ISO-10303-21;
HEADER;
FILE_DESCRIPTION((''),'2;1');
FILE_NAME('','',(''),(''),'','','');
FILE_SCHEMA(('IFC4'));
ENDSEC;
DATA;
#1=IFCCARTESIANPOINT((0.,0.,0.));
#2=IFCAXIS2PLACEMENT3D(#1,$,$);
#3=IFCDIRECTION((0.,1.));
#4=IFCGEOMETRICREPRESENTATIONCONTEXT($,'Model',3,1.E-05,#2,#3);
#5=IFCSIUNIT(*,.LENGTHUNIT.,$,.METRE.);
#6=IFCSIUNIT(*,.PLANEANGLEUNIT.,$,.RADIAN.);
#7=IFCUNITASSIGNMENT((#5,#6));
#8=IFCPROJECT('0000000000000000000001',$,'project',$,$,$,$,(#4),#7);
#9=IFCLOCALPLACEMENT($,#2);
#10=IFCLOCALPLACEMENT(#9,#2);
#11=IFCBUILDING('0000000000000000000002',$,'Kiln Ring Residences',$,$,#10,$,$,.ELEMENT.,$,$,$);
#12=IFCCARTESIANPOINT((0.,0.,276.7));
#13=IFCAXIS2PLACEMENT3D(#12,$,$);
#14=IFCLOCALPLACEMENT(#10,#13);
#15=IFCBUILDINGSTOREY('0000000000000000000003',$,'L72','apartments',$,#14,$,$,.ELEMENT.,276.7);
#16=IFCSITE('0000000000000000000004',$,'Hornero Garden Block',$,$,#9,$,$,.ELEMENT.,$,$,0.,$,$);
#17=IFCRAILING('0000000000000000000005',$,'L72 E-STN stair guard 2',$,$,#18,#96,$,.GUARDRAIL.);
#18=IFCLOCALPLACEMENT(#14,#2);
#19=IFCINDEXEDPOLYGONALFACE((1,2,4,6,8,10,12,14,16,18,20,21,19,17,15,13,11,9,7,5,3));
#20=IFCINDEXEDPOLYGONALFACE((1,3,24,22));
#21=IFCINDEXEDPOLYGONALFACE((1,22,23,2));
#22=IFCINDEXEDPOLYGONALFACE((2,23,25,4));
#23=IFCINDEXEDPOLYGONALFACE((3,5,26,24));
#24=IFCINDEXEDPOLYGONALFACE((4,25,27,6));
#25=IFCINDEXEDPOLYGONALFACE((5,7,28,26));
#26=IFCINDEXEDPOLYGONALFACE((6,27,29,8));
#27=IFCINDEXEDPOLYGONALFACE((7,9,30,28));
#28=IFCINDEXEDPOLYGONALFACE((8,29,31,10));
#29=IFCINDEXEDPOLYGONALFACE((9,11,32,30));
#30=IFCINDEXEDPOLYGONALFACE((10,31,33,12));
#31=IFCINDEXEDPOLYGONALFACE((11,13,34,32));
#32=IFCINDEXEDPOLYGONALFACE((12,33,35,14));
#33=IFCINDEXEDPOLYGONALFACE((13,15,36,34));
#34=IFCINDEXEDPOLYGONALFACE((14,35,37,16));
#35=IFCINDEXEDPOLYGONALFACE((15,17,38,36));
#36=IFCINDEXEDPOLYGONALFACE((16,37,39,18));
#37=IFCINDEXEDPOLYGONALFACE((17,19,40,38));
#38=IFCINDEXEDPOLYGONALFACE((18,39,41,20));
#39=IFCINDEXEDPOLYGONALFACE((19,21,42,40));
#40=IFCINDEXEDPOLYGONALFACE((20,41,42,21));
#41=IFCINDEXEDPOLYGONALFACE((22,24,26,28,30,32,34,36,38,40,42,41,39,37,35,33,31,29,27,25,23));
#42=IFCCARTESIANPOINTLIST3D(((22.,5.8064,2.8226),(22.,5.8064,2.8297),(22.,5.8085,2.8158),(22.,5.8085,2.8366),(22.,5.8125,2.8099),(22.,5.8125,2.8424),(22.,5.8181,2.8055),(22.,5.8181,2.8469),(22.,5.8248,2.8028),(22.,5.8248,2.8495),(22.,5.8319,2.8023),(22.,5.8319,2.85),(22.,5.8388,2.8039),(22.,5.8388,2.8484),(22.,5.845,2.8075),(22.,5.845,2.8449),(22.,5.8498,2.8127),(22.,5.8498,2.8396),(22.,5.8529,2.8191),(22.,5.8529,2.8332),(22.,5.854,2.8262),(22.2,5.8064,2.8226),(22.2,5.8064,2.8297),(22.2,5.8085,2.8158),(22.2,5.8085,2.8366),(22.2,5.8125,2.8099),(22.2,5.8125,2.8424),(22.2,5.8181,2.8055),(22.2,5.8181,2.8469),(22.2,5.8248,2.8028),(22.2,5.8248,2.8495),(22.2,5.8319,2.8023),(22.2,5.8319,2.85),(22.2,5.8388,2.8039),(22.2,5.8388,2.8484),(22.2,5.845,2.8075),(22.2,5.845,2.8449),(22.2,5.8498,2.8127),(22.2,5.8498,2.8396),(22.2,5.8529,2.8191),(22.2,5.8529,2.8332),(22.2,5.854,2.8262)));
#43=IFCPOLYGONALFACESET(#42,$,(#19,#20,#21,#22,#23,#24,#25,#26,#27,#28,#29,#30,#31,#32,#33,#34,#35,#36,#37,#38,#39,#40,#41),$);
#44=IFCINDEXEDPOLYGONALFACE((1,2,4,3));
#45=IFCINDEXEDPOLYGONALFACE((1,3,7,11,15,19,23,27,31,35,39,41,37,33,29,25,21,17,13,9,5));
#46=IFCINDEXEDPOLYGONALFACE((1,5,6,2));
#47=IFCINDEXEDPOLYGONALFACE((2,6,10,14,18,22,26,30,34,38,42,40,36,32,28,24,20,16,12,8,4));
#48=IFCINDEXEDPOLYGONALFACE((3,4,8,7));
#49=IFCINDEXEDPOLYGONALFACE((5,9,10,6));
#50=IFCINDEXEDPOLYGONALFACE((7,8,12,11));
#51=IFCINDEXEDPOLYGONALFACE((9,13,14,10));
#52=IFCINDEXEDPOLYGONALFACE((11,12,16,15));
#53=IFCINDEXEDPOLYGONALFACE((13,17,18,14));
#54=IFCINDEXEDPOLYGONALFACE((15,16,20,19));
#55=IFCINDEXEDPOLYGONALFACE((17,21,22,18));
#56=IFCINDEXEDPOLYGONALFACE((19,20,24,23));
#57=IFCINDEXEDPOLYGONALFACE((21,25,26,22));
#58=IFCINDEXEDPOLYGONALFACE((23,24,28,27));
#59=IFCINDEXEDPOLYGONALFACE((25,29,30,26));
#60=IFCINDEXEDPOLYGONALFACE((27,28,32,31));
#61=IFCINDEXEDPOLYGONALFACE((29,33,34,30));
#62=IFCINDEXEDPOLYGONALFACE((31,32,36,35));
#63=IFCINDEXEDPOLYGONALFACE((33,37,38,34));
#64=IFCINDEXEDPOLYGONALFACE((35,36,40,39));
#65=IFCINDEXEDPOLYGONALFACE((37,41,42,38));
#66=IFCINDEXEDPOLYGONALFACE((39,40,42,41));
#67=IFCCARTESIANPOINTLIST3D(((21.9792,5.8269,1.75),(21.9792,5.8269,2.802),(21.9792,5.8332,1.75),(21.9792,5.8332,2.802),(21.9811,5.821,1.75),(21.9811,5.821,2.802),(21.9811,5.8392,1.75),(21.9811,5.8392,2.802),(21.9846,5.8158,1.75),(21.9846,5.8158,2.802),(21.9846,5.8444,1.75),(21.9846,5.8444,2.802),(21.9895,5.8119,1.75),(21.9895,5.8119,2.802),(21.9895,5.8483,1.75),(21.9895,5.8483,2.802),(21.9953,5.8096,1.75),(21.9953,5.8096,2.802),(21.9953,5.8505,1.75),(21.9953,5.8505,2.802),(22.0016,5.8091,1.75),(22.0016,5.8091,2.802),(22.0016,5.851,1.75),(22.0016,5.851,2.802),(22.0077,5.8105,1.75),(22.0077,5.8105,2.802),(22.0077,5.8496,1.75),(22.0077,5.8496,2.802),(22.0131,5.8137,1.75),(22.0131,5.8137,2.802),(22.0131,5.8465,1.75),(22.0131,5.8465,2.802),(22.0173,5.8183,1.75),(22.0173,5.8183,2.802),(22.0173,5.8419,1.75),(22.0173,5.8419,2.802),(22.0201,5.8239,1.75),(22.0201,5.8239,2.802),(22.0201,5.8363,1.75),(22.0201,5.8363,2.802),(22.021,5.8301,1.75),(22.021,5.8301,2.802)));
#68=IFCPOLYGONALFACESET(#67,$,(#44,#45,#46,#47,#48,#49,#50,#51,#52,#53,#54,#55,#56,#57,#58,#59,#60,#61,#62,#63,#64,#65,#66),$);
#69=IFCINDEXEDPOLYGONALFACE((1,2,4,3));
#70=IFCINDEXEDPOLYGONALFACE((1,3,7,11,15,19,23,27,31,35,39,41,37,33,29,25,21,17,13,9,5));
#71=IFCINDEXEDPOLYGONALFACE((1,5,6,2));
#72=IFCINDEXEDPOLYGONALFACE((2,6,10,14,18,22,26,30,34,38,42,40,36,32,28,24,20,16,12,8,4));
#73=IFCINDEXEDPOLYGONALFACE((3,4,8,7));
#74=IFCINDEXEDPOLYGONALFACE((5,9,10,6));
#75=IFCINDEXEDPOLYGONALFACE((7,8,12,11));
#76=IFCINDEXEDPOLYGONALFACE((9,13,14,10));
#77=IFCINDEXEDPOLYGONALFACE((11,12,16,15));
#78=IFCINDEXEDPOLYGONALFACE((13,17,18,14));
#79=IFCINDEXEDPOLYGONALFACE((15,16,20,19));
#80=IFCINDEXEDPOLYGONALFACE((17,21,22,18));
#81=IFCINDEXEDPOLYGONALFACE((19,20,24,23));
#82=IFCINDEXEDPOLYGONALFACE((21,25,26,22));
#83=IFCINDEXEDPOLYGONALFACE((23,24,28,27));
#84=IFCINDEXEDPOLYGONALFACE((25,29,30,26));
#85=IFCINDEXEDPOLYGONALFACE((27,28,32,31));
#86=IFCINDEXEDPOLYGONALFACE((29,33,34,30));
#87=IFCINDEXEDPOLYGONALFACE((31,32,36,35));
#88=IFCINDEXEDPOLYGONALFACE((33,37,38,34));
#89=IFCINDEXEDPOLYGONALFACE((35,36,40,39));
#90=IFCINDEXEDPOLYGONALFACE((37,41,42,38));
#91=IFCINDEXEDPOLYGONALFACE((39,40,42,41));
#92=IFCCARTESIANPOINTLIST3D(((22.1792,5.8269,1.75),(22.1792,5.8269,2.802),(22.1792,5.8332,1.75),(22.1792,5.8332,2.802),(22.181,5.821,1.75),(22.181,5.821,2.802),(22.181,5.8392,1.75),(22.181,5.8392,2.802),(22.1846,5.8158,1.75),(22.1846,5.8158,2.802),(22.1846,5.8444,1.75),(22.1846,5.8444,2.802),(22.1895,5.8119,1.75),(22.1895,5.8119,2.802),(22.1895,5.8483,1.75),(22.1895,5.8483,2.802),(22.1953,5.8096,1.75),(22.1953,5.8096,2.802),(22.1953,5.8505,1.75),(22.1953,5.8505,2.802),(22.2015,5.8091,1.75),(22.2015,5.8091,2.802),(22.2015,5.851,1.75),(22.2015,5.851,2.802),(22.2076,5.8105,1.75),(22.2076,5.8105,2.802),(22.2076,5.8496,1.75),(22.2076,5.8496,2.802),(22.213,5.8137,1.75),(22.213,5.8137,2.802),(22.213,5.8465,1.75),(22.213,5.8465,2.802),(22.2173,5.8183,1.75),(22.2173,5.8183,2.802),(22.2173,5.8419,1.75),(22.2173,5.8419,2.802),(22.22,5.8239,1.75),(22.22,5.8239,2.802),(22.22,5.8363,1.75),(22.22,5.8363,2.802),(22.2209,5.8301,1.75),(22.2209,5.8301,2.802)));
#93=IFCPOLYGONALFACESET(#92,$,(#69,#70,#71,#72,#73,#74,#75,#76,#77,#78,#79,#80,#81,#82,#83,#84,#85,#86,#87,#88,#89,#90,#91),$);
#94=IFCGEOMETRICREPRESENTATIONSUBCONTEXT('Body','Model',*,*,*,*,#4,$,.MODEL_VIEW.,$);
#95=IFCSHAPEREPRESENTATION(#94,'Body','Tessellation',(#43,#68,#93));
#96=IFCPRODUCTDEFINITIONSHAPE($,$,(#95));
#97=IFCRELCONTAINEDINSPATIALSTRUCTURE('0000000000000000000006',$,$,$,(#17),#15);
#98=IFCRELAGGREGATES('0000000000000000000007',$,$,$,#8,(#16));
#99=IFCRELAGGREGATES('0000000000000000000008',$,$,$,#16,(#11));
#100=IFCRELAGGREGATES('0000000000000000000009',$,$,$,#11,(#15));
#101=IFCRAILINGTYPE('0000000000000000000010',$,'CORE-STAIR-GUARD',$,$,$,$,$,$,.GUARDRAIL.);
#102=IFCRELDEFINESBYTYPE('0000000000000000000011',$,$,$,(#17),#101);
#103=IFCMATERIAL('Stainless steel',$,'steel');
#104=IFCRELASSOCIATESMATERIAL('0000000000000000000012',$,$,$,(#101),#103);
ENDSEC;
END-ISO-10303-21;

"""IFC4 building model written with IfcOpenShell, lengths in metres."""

from ifc_helpers import new_model, si_unit, direction, frame, origin, origin_2d, place, context, subcontext, project, spatial, circle, extrude, material, type_object, element, save


model = new_model("IFC4")

# Units and contexts
model_context = context("Model", 3, precision=1e-05, world=origin(), true_north=direction((0.0, 1.0)))
body_context = subcontext(model_context, "Body", "Model", "MODEL_VIEW")
ifc_project = project(units=[si_unit("LENGTHUNIT", "METRE"), si_unit("PLANEANGLEUNIT", "RADIAN")], contexts=[model_context])

# Site, building, storey
site_placement = place(None, origin())
site = spatial("IfcSite", under=ifc_project, at=site_placement, Name="Hornero Garden Block", CompositionType="ELEMENT", RefElevation=0.0)
building_placement = place(site_placement, origin())
building = spatial("IfcBuilding", under=site, at=building_placement, Name="Kiln Ring Residences", CompositionType="ELEMENT")
storey_placement = place(building_placement, frame((0.0, 0.0, 276.7)))
storey = spatial("IfcBuildingStorey", under=building, at=storey_placement, Name="L72", Description="apartments", CompositionType="ELEMENT", Elevation=276.7)

# Railing
ifc_material_1 = material(Name="Stainless steel", Category="steel")
railing_type_1 = type_object("IfcRailingType", Name="CORE-STAIR-GUARD", PredefinedType="GUARDRAIL", material=ifc_material_1)
railing_1_placement = place(storey_placement, frame((22.0, 5.8301, 1.75)))
element("IfcRailing", 1, at=railing_1_placement, inside=storey, type_object=railing_type_1, Name="L72 E-STN stair guard 2", PredefinedType="GUARDRAIL", context=body_context, shape_type="SweptSolid", body=[
    extrude(circle(Radius=0.0239, at=origin_2d()), frame((0.0, 0.0, 1.0762), z_axis=(1.0, 0.0, 0.0), x_axis=(0.0, 1.0, 0.0)), (0.0, 0.0, 1.0), 0.2),
    extrude(circle(Radius=0.021, at=origin_2d()), origin(), (0.0, 0.0, 1.0), 1.052),
    extrude(circle(Radius=0.021, at=origin_2d()), frame((0.2, 0.0, 0.0)), (0.0, 0.0, 1.0), 1.052),
])

save(model, "model.ifc")
